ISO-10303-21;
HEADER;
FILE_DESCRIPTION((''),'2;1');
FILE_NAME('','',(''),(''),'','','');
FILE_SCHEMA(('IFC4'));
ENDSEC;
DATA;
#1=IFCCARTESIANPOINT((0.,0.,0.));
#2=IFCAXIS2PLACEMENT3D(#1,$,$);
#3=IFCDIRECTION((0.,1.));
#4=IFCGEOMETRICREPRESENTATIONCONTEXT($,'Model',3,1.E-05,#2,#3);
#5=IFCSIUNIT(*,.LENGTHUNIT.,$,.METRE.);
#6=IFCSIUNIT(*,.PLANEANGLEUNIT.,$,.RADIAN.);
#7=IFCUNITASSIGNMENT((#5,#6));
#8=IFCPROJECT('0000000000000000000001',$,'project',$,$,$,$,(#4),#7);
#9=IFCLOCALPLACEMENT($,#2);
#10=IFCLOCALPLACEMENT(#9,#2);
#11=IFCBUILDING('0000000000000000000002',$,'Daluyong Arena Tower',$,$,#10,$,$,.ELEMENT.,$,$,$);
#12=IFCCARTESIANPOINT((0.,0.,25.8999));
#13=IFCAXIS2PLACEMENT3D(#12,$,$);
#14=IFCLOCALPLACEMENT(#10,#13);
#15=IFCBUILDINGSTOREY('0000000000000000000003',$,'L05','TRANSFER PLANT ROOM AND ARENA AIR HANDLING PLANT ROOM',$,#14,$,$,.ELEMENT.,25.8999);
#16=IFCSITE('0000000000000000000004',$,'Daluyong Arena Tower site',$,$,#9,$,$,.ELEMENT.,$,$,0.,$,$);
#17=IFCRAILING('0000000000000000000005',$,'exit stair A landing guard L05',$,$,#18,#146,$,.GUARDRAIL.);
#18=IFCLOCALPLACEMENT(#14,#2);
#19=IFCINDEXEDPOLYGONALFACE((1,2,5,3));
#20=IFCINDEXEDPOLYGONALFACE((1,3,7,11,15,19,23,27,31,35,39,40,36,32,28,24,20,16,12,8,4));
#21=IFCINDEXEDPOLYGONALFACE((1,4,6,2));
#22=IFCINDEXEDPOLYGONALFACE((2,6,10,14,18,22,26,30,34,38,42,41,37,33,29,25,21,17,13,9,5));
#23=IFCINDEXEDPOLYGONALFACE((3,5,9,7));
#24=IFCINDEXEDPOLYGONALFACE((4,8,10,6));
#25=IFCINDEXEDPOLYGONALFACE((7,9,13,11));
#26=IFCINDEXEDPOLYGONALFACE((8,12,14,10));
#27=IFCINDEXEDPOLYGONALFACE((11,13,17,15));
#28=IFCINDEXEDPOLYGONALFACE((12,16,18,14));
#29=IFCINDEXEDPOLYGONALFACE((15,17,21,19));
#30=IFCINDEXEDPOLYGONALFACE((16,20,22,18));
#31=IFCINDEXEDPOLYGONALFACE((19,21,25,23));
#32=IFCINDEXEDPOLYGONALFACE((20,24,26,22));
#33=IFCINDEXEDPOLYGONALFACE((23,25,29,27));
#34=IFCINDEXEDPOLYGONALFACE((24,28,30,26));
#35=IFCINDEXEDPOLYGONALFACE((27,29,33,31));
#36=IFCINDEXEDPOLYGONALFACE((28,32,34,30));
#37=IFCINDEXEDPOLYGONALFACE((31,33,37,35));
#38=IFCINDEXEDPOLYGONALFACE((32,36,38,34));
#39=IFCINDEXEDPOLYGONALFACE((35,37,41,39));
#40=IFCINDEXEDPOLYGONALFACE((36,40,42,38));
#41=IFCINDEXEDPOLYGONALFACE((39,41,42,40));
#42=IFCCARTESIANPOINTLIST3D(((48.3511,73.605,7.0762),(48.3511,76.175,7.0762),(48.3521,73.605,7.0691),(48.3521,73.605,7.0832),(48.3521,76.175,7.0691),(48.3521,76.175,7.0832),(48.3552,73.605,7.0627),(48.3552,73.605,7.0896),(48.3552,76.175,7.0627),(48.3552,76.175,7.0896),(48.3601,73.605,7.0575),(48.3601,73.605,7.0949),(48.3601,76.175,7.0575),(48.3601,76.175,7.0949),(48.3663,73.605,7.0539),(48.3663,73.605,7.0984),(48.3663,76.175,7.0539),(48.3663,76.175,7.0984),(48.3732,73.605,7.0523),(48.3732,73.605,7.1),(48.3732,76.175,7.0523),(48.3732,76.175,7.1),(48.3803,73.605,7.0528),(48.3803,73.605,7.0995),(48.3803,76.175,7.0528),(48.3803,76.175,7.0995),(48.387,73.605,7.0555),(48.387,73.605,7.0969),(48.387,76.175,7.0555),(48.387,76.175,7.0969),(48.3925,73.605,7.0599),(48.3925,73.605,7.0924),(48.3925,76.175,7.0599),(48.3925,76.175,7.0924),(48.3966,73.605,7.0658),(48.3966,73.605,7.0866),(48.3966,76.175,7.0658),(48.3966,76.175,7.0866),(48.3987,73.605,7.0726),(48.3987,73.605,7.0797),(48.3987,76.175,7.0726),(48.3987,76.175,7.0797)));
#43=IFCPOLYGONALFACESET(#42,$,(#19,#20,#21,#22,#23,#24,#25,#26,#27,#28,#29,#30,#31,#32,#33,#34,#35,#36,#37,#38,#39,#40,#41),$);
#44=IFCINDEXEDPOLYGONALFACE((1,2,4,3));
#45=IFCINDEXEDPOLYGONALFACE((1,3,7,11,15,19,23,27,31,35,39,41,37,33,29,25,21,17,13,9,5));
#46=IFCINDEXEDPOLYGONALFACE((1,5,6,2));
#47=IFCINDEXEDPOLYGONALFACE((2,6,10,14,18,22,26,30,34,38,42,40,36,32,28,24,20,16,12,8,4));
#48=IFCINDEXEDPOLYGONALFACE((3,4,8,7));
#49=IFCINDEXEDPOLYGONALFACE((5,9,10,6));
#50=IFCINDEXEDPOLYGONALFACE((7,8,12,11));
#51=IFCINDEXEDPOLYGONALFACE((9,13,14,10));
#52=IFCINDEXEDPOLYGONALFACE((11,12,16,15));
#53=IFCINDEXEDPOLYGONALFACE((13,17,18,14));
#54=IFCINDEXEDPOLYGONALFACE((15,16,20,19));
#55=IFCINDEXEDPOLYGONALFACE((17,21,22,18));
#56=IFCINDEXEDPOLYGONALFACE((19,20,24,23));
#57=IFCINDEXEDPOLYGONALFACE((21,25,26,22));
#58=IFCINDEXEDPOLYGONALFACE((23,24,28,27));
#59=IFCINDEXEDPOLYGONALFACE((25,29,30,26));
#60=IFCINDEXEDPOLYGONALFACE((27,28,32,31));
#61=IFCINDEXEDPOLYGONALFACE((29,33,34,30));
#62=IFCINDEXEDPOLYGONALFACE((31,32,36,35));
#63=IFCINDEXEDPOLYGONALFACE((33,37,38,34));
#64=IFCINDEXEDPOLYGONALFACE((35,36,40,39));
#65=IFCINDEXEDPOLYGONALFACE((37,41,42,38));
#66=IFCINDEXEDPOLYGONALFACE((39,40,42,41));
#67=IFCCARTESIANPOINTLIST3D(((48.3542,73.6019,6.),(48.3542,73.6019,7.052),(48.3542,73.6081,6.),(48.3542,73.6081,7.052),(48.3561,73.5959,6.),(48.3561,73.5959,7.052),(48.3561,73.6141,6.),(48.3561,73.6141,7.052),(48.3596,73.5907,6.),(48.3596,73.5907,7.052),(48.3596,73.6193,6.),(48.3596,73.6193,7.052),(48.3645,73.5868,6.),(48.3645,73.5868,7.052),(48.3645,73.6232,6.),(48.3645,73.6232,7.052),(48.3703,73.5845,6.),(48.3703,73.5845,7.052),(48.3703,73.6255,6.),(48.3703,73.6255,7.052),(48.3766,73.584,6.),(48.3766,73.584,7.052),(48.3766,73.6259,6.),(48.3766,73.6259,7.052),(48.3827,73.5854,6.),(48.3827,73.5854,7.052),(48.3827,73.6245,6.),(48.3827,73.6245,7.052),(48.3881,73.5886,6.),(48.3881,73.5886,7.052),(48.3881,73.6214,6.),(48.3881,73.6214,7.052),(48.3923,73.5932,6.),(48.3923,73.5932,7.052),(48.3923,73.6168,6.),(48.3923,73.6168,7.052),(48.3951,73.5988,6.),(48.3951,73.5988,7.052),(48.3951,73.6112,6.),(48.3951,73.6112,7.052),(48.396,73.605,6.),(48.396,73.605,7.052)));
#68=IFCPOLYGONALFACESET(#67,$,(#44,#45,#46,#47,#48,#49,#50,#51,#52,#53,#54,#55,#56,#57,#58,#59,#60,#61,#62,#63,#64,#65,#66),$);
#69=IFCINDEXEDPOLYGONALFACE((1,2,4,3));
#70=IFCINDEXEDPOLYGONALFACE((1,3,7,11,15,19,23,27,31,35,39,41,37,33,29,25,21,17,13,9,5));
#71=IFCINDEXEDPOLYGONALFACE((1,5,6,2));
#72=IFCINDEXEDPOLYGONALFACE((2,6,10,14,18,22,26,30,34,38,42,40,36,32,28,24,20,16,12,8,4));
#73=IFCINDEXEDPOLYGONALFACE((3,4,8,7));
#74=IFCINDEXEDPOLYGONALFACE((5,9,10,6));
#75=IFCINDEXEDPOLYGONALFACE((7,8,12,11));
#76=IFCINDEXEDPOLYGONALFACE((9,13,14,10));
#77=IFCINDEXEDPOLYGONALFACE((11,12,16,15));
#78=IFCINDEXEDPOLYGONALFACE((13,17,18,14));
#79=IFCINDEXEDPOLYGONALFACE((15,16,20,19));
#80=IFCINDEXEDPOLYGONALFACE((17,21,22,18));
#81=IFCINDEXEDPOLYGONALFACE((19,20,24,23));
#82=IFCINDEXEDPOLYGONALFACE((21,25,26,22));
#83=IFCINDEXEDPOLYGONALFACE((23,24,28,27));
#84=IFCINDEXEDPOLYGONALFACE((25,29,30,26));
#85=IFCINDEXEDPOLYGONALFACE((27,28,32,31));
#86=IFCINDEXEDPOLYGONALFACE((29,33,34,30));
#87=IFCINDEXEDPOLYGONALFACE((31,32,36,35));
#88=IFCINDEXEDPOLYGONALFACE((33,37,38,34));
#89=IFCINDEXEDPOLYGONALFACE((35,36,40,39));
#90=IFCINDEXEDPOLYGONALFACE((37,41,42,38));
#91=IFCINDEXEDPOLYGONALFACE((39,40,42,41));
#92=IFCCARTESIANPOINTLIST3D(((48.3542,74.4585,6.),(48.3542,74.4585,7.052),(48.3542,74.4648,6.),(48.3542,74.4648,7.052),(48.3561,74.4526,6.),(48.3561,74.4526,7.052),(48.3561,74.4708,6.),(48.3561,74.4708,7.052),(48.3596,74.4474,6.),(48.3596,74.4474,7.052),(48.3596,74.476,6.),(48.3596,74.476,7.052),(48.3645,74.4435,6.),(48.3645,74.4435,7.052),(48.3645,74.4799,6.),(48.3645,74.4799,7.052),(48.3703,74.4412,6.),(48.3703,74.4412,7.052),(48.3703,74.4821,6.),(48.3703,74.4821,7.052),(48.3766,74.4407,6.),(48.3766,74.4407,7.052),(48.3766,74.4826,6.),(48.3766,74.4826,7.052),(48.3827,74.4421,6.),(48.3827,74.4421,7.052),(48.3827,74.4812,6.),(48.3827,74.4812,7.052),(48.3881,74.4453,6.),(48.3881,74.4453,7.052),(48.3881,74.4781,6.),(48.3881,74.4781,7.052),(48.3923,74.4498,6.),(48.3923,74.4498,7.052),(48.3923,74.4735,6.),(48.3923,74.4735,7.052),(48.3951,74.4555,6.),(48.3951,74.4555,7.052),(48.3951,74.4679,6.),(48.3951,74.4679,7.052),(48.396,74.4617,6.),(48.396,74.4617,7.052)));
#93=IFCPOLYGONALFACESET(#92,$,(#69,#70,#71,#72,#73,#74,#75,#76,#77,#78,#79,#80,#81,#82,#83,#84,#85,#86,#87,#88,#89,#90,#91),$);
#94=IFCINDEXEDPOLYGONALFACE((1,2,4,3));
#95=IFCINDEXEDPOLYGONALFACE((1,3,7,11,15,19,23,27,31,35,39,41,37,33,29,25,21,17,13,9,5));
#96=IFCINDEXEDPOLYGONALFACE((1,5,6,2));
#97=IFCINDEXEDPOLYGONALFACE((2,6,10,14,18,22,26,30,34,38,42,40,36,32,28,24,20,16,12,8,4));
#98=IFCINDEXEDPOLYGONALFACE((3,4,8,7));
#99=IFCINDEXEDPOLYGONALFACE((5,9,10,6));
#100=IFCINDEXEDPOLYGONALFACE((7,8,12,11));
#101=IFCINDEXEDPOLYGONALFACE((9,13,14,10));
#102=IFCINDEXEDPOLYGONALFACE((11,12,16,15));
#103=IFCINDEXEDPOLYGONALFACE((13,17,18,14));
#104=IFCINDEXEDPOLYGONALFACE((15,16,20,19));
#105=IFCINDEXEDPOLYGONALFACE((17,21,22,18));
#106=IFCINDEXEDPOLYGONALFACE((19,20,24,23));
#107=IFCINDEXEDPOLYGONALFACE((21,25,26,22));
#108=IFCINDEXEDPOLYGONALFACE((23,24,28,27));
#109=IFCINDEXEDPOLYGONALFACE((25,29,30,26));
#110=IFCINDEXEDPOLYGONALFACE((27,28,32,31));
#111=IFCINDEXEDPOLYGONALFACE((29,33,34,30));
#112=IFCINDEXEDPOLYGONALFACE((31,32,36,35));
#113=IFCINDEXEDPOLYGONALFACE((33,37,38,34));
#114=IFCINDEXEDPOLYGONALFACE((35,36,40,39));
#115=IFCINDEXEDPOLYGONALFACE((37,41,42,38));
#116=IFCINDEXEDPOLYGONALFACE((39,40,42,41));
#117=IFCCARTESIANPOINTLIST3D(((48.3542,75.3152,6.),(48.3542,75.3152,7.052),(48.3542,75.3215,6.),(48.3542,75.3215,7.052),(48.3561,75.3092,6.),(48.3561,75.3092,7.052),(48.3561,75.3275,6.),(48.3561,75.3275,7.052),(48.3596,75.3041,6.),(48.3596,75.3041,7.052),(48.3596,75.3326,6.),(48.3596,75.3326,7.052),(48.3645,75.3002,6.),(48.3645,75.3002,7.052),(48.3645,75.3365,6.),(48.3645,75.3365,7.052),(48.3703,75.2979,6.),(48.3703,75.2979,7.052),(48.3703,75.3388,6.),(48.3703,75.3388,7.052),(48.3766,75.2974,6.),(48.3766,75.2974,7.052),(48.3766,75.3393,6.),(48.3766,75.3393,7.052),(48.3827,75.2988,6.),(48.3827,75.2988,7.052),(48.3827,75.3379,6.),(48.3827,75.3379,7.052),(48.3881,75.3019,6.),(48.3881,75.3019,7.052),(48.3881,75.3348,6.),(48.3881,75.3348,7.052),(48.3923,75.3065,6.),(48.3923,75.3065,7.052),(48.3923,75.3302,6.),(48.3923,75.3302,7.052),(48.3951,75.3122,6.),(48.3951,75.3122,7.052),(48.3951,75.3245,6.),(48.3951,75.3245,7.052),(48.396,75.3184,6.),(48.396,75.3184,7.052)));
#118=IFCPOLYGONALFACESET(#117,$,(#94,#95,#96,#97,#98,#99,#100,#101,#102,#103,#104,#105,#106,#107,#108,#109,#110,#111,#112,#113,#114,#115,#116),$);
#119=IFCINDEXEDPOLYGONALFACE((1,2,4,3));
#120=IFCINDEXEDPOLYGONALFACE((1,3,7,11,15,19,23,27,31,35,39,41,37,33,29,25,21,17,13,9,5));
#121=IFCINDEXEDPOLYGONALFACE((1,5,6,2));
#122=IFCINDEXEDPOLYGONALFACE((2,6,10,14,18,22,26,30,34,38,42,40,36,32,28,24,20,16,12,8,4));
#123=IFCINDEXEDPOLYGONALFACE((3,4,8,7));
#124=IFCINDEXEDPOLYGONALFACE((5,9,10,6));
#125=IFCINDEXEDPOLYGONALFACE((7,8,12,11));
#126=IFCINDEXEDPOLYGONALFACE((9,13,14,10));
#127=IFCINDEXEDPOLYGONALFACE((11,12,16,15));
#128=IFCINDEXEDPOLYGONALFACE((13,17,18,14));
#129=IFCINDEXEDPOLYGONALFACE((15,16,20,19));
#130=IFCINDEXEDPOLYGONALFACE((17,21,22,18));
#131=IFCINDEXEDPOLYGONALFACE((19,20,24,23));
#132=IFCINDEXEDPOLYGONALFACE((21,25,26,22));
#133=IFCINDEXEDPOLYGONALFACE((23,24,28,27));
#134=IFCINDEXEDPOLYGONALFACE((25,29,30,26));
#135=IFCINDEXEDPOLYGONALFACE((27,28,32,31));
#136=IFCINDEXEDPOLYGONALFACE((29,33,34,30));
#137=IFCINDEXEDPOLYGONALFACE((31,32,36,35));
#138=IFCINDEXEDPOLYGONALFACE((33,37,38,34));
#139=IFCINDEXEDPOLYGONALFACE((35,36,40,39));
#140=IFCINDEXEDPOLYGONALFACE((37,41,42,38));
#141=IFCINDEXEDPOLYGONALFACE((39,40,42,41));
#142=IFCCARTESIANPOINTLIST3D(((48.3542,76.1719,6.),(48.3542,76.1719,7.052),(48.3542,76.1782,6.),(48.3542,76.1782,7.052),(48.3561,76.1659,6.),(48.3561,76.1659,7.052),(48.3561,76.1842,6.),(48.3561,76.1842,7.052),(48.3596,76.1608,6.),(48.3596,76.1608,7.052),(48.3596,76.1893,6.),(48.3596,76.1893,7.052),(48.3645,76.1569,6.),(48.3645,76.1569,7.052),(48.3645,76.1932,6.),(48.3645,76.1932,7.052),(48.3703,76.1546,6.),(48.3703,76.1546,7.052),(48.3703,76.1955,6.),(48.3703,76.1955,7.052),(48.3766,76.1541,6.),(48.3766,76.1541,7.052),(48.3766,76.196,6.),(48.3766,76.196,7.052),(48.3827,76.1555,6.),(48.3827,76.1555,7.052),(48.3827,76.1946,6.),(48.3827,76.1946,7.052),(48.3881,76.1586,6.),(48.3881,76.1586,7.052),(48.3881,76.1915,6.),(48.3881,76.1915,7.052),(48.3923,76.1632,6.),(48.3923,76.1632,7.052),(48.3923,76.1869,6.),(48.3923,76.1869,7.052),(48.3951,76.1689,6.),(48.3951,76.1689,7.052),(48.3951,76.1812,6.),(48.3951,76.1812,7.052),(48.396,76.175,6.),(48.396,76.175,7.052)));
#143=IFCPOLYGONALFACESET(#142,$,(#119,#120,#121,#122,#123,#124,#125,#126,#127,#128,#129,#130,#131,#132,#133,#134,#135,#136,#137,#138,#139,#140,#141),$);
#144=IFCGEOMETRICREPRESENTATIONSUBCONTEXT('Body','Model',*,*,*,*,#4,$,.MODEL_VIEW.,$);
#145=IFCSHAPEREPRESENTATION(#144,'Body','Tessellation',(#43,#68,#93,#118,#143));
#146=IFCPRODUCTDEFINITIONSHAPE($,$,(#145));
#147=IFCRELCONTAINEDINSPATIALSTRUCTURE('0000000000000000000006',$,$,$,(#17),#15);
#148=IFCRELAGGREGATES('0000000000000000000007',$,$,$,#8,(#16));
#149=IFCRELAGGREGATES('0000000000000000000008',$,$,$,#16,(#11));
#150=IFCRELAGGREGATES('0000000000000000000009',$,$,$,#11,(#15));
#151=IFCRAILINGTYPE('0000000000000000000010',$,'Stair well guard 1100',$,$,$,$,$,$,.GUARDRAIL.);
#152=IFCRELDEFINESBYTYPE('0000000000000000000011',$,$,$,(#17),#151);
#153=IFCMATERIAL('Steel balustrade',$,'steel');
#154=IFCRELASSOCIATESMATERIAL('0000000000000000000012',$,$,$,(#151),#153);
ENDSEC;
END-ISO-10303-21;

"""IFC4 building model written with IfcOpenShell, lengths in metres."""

from ifc_helpers import new_model, si_unit, direction, frame, origin, origin_2d, place, context, subcontext, project, spatial, circle, extrude, material, type_object, element, save


model = new_model("IFC4")

# Units and contexts
model_context = context("Model", 3, precision=1e-05, world=origin(), true_north=direction((0.0, 1.0)))
body_context = subcontext(model_context, "Body", "Model", "MODEL_VIEW")
ifc_project = project(units=[si_unit("LENGTHUNIT", "METRE"), si_unit("PLANEANGLEUNIT", "RADIAN")], contexts=[model_context])

# Site, building, storey
site_placement = place(None, origin())
site = spatial("IfcSite", under=ifc_project, at=site_placement, Name="Daluyong Arena Tower site", CompositionType="ELEMENT", RefElevation=0.0)
building_placement = place(site_placement, origin())
building = spatial("IfcBuilding", under=site, at=building_placement, Name="Daluyong Arena Tower", CompositionType="ELEMENT")
storey_placement = place(building_placement, frame((0.0, 0.0, 25.8999)))
storey = spatial("IfcBuildingStorey", under=building, at=storey_placement, Name="L05", Description="TRANSFER PLANT ROOM AND ARENA AIR HANDLING PLANT ROOM", CompositionType="ELEMENT", Elevation=25.8999)

# Railing
ifc_material_1 = material(Name="Steel balustrade", Category="steel")
railing_type_1 = type_object("IfcRailingType", Name="Stair well guard 1100", PredefinedType="GUARDRAIL", material=ifc_material_1)
for number, where, name in (
    (1, (48.375, 73.605, 6.0), "exit stair A landing guard L05"),
):
    element("IfcRailing", number, at=place(storey_placement, frame(where)), inside=storey, type_object=railing_type_1, Name=name, PredefinedType="GUARDRAIL", context=body_context, shape_type="SweptSolid", body=[
        extrude(circle(Radius=0.0239, at=origin_2d()), frame((0.0, 0.0, 1.0762), z_axis=(0.0, 1.0, 0.0), x_axis=(-1.0, 0.0, 0.0)), (0.0, 0.0, 1.0), 2.5701),
        extrude(circle(Radius=0.021, at=origin_2d()), origin(), (0.0, 0.0, 1.0), 1.052),
        extrude(circle(Radius=0.021, at=origin_2d()), frame((0.0, 0.8567, 0.0)), (0.0, 0.0, 1.0), 1.052),
        extrude(circle(Radius=0.021, at=origin_2d()), frame((0.0, 1.7134, 0.0)), (0.0, 0.0, 1.0), 1.052),
        extrude(circle(Radius=0.021, at=origin_2d()), frame((0.0, 2.5701, 0.0)), (0.0, 0.0, 1.0), 1.052),
    ])

save(model, "model.ifc")
